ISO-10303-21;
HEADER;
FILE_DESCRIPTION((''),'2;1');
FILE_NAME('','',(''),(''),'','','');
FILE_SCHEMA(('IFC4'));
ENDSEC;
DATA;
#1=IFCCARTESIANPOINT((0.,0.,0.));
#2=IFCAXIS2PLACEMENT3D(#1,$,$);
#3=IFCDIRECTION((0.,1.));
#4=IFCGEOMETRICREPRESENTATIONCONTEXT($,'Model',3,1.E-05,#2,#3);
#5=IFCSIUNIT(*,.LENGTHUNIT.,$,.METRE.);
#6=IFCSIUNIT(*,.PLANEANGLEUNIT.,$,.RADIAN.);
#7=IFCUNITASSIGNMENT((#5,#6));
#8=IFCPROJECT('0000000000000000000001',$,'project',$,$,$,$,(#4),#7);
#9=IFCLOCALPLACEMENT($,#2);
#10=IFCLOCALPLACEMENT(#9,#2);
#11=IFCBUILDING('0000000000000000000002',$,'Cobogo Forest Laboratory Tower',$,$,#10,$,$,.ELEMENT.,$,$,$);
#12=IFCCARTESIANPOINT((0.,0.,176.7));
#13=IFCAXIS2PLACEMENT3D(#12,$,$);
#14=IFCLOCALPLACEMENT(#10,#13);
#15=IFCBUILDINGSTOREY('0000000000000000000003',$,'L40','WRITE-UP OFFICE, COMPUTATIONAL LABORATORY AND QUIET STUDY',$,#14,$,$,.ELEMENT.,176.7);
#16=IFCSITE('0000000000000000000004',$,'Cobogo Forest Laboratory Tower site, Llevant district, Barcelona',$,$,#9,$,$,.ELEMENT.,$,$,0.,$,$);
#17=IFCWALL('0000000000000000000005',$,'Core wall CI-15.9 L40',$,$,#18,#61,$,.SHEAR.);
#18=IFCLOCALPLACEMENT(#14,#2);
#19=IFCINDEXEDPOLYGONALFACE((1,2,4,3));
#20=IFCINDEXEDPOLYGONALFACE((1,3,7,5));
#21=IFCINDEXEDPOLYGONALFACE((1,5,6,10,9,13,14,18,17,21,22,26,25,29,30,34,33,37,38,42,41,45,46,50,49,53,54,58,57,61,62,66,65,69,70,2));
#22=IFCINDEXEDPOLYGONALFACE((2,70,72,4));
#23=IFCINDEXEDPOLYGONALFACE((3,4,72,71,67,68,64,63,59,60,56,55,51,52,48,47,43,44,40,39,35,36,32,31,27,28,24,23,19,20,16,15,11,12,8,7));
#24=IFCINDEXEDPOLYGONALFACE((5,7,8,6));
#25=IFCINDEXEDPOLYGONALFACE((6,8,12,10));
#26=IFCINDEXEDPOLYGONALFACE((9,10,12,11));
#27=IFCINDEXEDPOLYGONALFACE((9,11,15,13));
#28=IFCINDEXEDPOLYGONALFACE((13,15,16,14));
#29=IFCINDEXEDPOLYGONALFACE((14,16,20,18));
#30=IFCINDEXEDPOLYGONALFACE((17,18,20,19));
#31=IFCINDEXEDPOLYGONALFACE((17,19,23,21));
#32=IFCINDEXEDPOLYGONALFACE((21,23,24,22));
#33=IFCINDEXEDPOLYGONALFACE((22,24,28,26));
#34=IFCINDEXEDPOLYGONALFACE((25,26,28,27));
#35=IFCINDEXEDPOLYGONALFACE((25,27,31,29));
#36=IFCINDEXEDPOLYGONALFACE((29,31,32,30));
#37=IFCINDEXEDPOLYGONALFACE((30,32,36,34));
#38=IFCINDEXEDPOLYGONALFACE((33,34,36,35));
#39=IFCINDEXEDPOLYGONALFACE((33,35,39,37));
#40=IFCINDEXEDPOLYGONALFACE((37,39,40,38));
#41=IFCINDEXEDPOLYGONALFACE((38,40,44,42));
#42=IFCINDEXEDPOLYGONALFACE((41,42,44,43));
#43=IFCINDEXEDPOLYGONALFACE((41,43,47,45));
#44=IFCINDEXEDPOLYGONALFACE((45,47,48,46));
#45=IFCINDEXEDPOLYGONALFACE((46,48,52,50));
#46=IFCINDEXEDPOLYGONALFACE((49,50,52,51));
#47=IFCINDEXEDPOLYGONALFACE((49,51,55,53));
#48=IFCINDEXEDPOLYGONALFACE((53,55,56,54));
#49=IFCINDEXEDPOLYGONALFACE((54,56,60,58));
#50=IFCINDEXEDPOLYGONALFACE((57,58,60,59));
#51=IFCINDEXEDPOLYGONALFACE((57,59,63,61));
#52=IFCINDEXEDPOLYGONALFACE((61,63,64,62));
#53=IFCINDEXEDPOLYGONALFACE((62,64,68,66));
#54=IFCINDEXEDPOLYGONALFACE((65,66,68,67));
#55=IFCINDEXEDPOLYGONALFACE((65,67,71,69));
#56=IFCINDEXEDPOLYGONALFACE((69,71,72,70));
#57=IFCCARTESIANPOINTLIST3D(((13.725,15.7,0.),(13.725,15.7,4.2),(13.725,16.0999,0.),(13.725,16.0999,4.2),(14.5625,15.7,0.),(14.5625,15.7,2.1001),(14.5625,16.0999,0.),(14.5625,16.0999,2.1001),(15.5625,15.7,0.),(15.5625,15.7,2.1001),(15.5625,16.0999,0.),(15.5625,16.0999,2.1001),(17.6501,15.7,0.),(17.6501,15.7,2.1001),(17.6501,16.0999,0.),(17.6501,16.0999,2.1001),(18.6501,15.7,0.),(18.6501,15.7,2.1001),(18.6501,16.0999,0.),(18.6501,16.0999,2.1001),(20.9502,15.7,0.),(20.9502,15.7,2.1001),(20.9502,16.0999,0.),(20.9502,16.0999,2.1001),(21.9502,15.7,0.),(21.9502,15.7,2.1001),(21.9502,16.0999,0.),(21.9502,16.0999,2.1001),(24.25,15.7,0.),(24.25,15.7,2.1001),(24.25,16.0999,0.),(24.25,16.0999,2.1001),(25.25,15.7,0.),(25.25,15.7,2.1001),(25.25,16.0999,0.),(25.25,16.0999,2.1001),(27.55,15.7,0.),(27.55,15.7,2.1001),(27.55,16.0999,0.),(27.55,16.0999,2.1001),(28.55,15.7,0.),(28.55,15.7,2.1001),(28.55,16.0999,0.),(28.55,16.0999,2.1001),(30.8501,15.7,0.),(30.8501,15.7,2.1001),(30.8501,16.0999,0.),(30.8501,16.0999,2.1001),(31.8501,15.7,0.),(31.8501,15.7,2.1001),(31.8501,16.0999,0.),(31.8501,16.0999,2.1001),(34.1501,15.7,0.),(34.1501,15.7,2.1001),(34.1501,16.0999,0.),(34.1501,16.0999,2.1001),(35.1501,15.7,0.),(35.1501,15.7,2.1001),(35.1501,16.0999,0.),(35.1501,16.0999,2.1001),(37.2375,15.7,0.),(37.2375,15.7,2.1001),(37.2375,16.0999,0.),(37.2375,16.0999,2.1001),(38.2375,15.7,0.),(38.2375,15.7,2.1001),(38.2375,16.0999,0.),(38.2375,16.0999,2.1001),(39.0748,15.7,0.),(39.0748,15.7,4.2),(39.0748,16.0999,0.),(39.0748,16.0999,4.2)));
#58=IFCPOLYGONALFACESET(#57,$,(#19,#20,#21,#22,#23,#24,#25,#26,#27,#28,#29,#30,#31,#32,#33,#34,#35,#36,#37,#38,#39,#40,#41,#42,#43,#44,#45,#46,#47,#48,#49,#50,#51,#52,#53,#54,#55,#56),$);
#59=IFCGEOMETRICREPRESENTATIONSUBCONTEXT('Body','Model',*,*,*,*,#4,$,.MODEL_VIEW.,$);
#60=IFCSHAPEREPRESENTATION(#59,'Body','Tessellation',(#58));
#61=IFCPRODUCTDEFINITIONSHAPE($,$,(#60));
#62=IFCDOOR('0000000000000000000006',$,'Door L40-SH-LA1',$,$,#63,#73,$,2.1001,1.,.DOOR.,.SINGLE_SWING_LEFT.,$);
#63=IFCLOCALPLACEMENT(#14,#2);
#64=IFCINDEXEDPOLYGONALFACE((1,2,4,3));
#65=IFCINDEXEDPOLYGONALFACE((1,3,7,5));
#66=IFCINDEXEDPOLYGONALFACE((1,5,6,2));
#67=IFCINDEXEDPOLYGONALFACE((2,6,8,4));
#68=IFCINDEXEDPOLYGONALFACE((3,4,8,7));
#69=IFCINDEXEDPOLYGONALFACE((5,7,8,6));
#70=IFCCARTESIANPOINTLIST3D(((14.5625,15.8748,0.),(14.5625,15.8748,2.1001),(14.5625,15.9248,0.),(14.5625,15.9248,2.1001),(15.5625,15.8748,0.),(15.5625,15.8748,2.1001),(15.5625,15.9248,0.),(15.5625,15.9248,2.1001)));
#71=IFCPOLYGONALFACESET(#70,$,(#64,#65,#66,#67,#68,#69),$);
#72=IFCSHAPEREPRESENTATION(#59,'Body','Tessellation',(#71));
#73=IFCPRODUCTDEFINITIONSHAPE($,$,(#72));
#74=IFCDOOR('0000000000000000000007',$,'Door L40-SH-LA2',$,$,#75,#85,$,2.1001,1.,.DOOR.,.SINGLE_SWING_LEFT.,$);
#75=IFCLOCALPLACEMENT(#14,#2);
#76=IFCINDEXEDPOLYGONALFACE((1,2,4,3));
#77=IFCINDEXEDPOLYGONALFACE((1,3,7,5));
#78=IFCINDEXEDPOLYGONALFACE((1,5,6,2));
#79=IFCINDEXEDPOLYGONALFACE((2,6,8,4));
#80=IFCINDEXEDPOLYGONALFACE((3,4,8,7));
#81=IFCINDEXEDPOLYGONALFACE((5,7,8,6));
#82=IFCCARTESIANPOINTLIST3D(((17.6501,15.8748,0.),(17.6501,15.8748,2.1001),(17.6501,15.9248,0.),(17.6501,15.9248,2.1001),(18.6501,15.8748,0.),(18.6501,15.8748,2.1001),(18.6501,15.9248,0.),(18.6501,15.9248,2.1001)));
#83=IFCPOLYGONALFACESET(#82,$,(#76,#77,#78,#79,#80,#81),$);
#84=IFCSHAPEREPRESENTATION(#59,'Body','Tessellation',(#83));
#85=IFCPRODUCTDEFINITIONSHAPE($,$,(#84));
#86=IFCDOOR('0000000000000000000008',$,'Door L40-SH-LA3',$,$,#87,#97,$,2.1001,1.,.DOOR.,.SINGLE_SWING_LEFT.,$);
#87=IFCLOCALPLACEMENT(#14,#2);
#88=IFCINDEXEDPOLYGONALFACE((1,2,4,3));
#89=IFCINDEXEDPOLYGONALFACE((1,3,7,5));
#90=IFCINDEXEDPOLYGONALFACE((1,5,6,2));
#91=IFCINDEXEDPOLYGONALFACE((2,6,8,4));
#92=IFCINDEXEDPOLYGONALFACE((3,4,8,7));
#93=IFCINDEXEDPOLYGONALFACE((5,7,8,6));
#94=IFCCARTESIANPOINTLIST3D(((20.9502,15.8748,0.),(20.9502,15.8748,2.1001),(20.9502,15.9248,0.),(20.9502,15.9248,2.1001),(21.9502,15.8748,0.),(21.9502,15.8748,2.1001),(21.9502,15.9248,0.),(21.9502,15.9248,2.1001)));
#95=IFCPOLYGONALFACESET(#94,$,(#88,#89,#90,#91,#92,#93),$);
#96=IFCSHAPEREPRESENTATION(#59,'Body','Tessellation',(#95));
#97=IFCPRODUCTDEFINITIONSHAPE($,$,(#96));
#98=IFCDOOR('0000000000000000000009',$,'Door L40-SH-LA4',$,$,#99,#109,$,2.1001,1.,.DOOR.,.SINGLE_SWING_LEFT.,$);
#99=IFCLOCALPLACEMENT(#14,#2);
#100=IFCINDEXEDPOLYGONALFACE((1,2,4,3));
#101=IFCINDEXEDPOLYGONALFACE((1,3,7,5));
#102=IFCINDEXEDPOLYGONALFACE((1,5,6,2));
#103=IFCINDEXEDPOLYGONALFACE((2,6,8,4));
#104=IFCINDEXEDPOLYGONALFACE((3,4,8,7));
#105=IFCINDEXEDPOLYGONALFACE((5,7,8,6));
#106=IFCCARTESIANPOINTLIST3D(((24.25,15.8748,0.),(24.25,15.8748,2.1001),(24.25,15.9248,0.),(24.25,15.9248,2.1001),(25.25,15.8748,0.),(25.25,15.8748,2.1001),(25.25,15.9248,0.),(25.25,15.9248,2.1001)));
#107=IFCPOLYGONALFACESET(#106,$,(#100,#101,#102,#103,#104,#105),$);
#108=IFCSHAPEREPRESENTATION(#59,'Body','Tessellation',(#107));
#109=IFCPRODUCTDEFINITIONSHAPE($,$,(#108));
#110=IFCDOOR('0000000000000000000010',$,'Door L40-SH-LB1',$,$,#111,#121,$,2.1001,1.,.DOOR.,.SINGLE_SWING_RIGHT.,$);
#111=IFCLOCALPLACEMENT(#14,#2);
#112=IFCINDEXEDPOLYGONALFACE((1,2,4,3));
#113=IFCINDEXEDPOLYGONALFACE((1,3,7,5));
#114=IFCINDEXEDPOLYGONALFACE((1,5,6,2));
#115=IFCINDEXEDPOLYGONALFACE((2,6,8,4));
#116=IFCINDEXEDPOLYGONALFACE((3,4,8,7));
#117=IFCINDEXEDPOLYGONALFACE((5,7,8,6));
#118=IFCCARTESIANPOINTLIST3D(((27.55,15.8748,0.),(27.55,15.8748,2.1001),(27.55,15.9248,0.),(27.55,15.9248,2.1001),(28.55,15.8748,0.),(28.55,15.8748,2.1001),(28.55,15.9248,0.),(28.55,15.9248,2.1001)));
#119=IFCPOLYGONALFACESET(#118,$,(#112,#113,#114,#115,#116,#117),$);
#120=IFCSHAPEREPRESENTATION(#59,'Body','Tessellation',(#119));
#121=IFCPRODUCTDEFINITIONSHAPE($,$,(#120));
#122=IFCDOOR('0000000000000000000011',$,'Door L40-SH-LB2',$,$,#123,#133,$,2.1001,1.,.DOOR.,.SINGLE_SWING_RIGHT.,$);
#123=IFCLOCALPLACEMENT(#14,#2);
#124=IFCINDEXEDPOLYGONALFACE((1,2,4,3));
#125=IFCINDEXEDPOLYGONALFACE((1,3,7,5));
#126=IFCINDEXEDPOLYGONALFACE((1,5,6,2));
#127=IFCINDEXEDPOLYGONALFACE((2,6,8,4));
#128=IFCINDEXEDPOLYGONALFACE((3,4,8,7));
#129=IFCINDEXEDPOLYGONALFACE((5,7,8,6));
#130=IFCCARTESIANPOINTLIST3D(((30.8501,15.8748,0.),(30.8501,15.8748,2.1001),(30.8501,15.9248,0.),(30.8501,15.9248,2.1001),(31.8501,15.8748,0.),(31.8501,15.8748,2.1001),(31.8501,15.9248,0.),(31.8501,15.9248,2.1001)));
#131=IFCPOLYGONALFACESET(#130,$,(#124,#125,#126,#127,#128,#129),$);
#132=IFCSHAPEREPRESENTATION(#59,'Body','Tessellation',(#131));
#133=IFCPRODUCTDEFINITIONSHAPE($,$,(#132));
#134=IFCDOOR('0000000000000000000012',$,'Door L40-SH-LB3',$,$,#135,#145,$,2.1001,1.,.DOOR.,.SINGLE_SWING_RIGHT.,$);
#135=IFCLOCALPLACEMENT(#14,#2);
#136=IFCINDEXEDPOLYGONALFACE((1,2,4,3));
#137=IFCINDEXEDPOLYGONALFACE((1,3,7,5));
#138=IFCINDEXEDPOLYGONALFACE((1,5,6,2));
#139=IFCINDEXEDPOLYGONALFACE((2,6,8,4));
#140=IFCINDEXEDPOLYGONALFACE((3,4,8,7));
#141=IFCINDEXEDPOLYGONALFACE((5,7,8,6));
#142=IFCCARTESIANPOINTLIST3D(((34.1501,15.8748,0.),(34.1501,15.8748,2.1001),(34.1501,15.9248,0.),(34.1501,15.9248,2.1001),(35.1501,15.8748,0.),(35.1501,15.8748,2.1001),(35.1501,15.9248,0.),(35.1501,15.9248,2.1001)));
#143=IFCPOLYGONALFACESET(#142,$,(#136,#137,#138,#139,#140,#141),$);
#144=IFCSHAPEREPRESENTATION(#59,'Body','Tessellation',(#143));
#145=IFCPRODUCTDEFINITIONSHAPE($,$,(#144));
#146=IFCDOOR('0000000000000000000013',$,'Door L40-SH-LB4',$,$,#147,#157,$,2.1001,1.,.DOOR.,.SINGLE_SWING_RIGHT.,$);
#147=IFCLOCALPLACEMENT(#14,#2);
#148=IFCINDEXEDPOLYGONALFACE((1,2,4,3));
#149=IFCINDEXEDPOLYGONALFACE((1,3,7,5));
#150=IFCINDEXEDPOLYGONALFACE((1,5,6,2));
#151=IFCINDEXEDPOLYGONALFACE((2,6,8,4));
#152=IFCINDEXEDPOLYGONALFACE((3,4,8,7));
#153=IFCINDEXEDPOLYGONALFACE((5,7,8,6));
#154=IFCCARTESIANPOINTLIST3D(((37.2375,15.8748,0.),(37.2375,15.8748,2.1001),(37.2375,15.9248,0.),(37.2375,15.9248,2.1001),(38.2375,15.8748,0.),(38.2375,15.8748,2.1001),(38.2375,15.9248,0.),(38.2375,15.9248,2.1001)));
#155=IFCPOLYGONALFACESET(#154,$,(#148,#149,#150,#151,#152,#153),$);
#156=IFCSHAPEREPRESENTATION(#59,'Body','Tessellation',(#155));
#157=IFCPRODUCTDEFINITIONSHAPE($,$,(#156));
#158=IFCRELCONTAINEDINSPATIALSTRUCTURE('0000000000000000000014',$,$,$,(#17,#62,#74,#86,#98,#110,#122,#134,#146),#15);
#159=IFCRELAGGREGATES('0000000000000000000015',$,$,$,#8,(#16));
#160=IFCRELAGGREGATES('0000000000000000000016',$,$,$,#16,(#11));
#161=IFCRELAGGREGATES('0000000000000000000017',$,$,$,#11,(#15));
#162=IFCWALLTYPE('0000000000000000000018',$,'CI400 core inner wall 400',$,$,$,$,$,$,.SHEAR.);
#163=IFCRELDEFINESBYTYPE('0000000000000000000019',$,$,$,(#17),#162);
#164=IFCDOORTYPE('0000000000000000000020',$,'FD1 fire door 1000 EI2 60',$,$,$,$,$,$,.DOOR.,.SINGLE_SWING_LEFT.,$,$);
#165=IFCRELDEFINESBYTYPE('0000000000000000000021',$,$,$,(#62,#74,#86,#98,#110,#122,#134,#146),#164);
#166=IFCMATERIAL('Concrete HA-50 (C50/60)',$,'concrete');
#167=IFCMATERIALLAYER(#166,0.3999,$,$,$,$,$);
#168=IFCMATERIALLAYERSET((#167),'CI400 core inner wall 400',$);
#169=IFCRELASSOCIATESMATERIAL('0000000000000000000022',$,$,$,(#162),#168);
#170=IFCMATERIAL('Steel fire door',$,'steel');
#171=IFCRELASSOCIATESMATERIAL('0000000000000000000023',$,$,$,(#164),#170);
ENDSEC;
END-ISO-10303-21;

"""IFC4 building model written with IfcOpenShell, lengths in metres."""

from ifc_helpers import new_model, si_unit, direction, frame, frame_2d, origin, place, context, subcontext, project, spatial, rectangle, extrude, material, layer, layer_set, type_object, element, fill, save


model = new_model("IFC4")

# Units and contexts
model_context = context("Model", 3, precision=1e-05, world=origin(), true_north=direction((0.0, 1.0)))
body_context = subcontext(model_context, "Body", "Model", "MODEL_VIEW")
ifc_project = project(units=[si_unit("LENGTHUNIT", "METRE"), si_unit("PLANEANGLEUNIT", "RADIAN")], contexts=[model_context])

# Site, building, storey
site_placement = place(None, origin())
site = spatial("IfcSite", under=ifc_project, at=site_placement, Name="Cobogo Forest Laboratory Tower site, Llevant district, Barcelona", CompositionType="ELEMENT", RefElevation=0.0)
building_placement = place(site_placement, origin())
building = spatial("IfcBuilding", under=site, at=building_placement, Name="Cobogo Forest Laboratory Tower", CompositionType="ELEMENT")
storey_placement = place(building_placement, frame((0.0, 0.0, 176.7)))
storey = spatial("IfcBuildingStorey", under=building, at=storey_placement, Name="L40", Description="WRITE-UP OFFICE, COMPUTATIONAL LABORATORY AND QUIET STUDY", CompositionType="ELEMENT", Elevation=176.7)

# Wall, openings, doors
ifc_material_1 = material(Name="Concrete HA-50 (C50/60)", Category="concrete")
ifc_layer = layer(ifc_material_1, 0.3999)
ifc_layer_set = layer_set([ifc_layer], Name="CI400 core inner wall 400")
wall_type = type_object("IfcWallType", Name="CI400 core inner wall 400", PredefinedType="SHEAR", material=ifc_layer_set)
wall_1_placement = place(storey_placement, frame((13.7251, 15.8999, 0.0), z_axis=(0.0, 0.0, 1.0), x_axis=(1.0, 0.0, 0.0)))
wall_1 = element("IfcWall", 1, at=wall_1_placement, inside=storey, type_object=wall_type, Name="Core wall CI-15.9 L40", PredefinedType="SHEAR", context=body_context, shape_type="SweptSolid", body=[
    extrude(rectangle(XDim=25.3499, YDim=0.3999, at=frame_2d((12.6748, 0.0))), origin(), (0.0, 0.0, 1.0), 4.2),
])
opening_1_placement = place(wall_1_placement, frame((0.8374, 0.0, 0.0)))
opening_1 = element("IfcOpeningElement", 2, at=opening_1_placement, cuts=wall_1, PredefinedType="OPENING", context=body_context, shape_type="SweptSolid", body=[
    extrude(rectangle(XDim=1.0, YDim=2.1001, at=frame_2d((0.5, 1.05))), frame((0.0, 0.21, 0.0), z_axis=(0.0, -1.0, 0.0), x_axis=(1.0, 0.0, 0.0)), (0.0, 0.0, 1.0), 0.4199),
])
opening_2_placement = place(wall_1_placement, frame((3.925, 0.0, 0.0)))
opening_2 = element("IfcOpeningElement", 3, at=opening_2_placement, cuts=wall_1, PredefinedType="OPENING", context=body_context, shape_type="SweptSolid", body=[
    extrude(rectangle(XDim=1.0, YDim=2.1001, at=frame_2d((0.5, 1.05))), frame((0.0, 0.21, 0.0), z_axis=(0.0, -1.0, 0.0), x_axis=(1.0, 0.0, 0.0)), (0.0, 0.0, 1.0), 0.4199),
])
opening_3_placement = place(wall_1_placement, frame((7.2251, 0.0, 0.0)))
opening_3 = element("IfcOpeningElement", 4, at=opening_3_placement, cuts=wall_1, PredefinedType="OPENING", context=body_context, shape_type="SweptSolid", body=[
    extrude(rectangle(XDim=1.0, YDim=2.1001, at=frame_2d((0.5, 1.05))), frame((0.0, 0.21, 0.0), z_axis=(0.0, -1.0, 0.0), x_axis=(1.0, 0.0, 0.0)), (0.0, 0.0, 1.0), 0.4199),
])
opening_4_placement = place(wall_1_placement, frame((10.5249, 0.0, 0.0)))
opening_4 = element("IfcOpeningElement", 5, at=opening_4_placement, cuts=wall_1, PredefinedType="OPENING", context=body_context, shape_type="SweptSolid", body=[
    extrude(rectangle(XDim=1.0, YDim=2.1001, at=frame_2d((0.5, 1.05))), frame((0.0, 0.21, 0.0), z_axis=(0.0, -1.0, 0.0), x_axis=(1.0, 0.0, 0.0)), (0.0, 0.0, 1.0), 0.4199),
])
opening_5_placement = place(wall_1_placement, frame((13.825, 0.0, 0.0)))
opening_5 = element("IfcOpeningElement", 6, at=opening_5_placement, cuts=wall_1, PredefinedType="OPENING", context=body_context, shape_type="SweptSolid", body=[
    extrude(rectangle(XDim=1.0, YDim=2.1001, at=frame_2d((0.5, 1.05))), frame((0.0, 0.21, 0.0), z_axis=(0.0, -1.0, 0.0), x_axis=(1.0, 0.0, 0.0)), (0.0, 0.0, 1.0), 0.4199),
])
opening_6_placement = place(wall_1_placement, frame((17.125, 0.0, 0.0)))
opening_6 = element("IfcOpeningElement", 7, at=opening_6_placement, cuts=wall_1, PredefinedType="OPENING", context=body_context, shape_type="SweptSolid", body=[
    extrude(rectangle(XDim=1.0, YDim=2.1001, at=frame_2d((0.5, 1.05))), frame((0.0, 0.21, 0.0), z_axis=(0.0, -1.0, 0.0), x_axis=(1.0, 0.0, 0.0)), (0.0, 0.0, 1.0), 0.4199),
])
opening_7_placement = place(wall_1_placement, frame((20.425, 0.0, 0.0)))
opening_7 = element("IfcOpeningElement", 8, at=opening_7_placement, cuts=wall_1, PredefinedType="OPENING", context=body_context, shape_type="SweptSolid", body=[
    extrude(rectangle(XDim=1.0, YDim=2.1001, at=frame_2d((0.5, 1.05))), frame((0.0, 0.21, 0.0), z_axis=(0.0, -1.0, 0.0), x_axis=(1.0, 0.0, 0.0)), (0.0, 0.0, 1.0), 0.4199),
])
opening_8_placement = place(wall_1_placement, frame((23.5125, 0.0, 0.0)))
opening_8 = element("IfcOpeningElement", 9, at=opening_8_placement, cuts=wall_1, PredefinedType="OPENING", context=body_context, shape_type="SweptSolid", body=[
    extrude(rectangle(XDim=1.0, YDim=2.1001, at=frame_2d((0.5, 1.05))), frame((0.0, 0.21, 0.0), z_axis=(0.0, -1.0, 0.0), x_axis=(1.0, 0.0, 0.0)), (0.0, 0.0, 1.0), 0.4199),
])
ifc_material_2 = material(Name="Steel fire door", Category="steel")
door_type_1 = type_object("IfcDoorType", Name="FD1 fire door 1000 EI2 60", OperationType="SINGLE_SWING_LEFT", PredefinedType="DOOR", material=ifc_material_2)
door_1_placement = place(opening_1_placement, origin())
door_1 = element("IfcDoor", 10, at=door_1_placement, inside=storey, type_object=door_type_1, Name="Door L40-SH-LA1", OperationType="SINGLE_SWING_LEFT", OverallHeight=2.1001, OverallWidth=1.0, PredefinedType="DOOR", context=body_context, shape_type="SweptSolid", body=[
    extrude(rectangle(XDim=1.0, YDim=2.1001, at=frame_2d((0.5, 1.05))), frame((0.0, 0.0249, 0.0), z_axis=(0.0, -1.0, 0.0), x_axis=(1.0, 0.0, 0.0)), (0.0, 0.0, 1.0), 0.05),
])
fill(opening_1, door_1)
door_2_placement = place(opening_2_placement, origin())
door_2 = element("IfcDoor", 11, at=door_2_placement, inside=storey, type_object=door_type_1, Name="Door L40-SH-LA2", OperationType="SINGLE_SWING_LEFT", OverallHeight=2.1001, OverallWidth=1.0, PredefinedType="DOOR", context=body_context, shape_type="SweptSolid", body=[
    extrude(rectangle(XDim=1.0, YDim=2.1001, at=frame_2d((0.5, 1.05))), frame((0.0, 0.0249, 0.0), z_axis=(0.0, -1.0, 0.0), x_axis=(1.0, 0.0, 0.0)), (0.0, 0.0, 1.0), 0.05),
])
fill(opening_2, door_2)
door_3_placement = place(opening_3_placement, origin())
door_3 = element("IfcDoor", 12, at=door_3_placement, inside=storey, type_object=door_type_1, Name="Door L40-SH-LA3", OperationType="SINGLE_SWING_LEFT", OverallHeight=2.1001, OverallWidth=1.0, PredefinedType="DOOR", context=body_context, shape_type="SweptSolid", body=[
    extrude(rectangle(XDim=1.0, YDim=2.1001, at=frame_2d((0.5, 1.05))), frame((0.0, 0.0249, 0.0), z_axis=(0.0, -1.0, 0.0), x_axis=(1.0, 0.0, 0.0)), (0.0, 0.0, 1.0), 0.05),
])
fill(opening_3, door_3)
door_4_placement = place(opening_4_placement, origin())
door_4 = element("IfcDoor", 13, at=door_4_placement, inside=storey, type_object=door_type_1, Name="Door L40-SH-LA4", OperationType="SINGLE_SWING_LEFT", OverallHeight=2.1001, OverallWidth=1.0, PredefinedType="DOOR", context=body_context, shape_type="SweptSolid", body=[
    extrude(rectangle(XDim=1.0, YDim=2.1001, at=frame_2d((0.5, 1.05))), frame((0.0, 0.0249, 0.0), z_axis=(0.0, -1.0, 0.0), x_axis=(1.0, 0.0, 0.0)), (0.0, 0.0, 1.0), 0.05),
])
fill(opening_4, door_4)
door_5_placement = place(opening_5_placement, origin())
door_5 = element("IfcDoor", 14, at=door_5_placement, inside=storey, type_object=door_type_1, Name="Door L40-SH-LB1", OperationType="SINGLE_SWING_RIGHT", OverallHeight=2.1001, OverallWidth=1.0, PredefinedType="DOOR", context=body_context, shape_type="SweptSolid", body=[
    extrude(rectangle(XDim=1.0, YDim=2.1001, at=frame_2d((0.5, 1.05))), frame((0.0, 0.0249, 0.0), z_axis=(0.0, -1.0, 0.0), x_axis=(1.0, 0.0, 0.0)), (0.0, 0.0, 1.0), 0.05),
])
fill(opening_5, door_5)
door_6_placement = place(opening_6_placement, origin())
door_6 = element("IfcDoor", 15, at=door_6_placement, inside=storey, type_object=door_type_1, Name="Door L40-SH-LB2", OperationType="SINGLE_SWING_RIGHT", OverallHeight=2.1001, OverallWidth=1.0, PredefinedType="DOOR", context=body_context, shape_type="SweptSolid", body=[
    extrude(rectangle(XDim=1.0, YDim=2.1001, at=frame_2d((0.5, 1.05))), frame((0.0, 0.0249, 0.0), z_axis=(0.0, -1.0, 0.0), x_axis=(1.0, 0.0, 0.0)), (0.0, 0.0, 1.0), 0.05),
])
fill(opening_6, door_6)
door_7_placement = place(opening_7_placement, origin())
door_7 = element("IfcDoor", 16, at=door_7_placement, inside=storey, type_object=door_type_1, Name="Door L40-SH-LB3", OperationType="SINGLE_SWING_RIGHT", OverallHeight=2.1001, OverallWidth=1.0, PredefinedType="DOOR", context=body_context, shape_type="SweptSolid", body=[
    extrude(rectangle(XDim=1.0, YDim=2.1001, at=frame_2d((0.5, 1.05))), frame((0.0, 0.0249, 0.0), z_axis=(0.0, -1.0, 0.0), x_axis=(1.0, 0.0, 0.0)), (0.0, 0.0, 1.0), 0.05),
])
fill(opening_7, door_7)
door_8_placement = place(opening_8_placement, origin())
door_8 = element("IfcDoor", 17, at=door_8_placement, inside=storey, type_object=door_type_1, Name="Door L40-SH-LB4", OperationType="SINGLE_SWING_RIGHT", OverallHeight=2.1001, OverallWidth=1.0, PredefinedType="DOOR", context=body_context, shape_type="SweptSolid", body=[
    extrude(rectangle(XDim=1.0, YDim=2.1001, at=frame_2d((0.5, 1.05))), frame((0.0, 0.0249, 0.0), z_axis=(0.0, -1.0, 0.0), x_axis=(1.0, 0.0, 0.0)), (0.0, 0.0, 1.0), 0.05),
])
fill(opening_8, door_8)

save(model, "model.ifc")
